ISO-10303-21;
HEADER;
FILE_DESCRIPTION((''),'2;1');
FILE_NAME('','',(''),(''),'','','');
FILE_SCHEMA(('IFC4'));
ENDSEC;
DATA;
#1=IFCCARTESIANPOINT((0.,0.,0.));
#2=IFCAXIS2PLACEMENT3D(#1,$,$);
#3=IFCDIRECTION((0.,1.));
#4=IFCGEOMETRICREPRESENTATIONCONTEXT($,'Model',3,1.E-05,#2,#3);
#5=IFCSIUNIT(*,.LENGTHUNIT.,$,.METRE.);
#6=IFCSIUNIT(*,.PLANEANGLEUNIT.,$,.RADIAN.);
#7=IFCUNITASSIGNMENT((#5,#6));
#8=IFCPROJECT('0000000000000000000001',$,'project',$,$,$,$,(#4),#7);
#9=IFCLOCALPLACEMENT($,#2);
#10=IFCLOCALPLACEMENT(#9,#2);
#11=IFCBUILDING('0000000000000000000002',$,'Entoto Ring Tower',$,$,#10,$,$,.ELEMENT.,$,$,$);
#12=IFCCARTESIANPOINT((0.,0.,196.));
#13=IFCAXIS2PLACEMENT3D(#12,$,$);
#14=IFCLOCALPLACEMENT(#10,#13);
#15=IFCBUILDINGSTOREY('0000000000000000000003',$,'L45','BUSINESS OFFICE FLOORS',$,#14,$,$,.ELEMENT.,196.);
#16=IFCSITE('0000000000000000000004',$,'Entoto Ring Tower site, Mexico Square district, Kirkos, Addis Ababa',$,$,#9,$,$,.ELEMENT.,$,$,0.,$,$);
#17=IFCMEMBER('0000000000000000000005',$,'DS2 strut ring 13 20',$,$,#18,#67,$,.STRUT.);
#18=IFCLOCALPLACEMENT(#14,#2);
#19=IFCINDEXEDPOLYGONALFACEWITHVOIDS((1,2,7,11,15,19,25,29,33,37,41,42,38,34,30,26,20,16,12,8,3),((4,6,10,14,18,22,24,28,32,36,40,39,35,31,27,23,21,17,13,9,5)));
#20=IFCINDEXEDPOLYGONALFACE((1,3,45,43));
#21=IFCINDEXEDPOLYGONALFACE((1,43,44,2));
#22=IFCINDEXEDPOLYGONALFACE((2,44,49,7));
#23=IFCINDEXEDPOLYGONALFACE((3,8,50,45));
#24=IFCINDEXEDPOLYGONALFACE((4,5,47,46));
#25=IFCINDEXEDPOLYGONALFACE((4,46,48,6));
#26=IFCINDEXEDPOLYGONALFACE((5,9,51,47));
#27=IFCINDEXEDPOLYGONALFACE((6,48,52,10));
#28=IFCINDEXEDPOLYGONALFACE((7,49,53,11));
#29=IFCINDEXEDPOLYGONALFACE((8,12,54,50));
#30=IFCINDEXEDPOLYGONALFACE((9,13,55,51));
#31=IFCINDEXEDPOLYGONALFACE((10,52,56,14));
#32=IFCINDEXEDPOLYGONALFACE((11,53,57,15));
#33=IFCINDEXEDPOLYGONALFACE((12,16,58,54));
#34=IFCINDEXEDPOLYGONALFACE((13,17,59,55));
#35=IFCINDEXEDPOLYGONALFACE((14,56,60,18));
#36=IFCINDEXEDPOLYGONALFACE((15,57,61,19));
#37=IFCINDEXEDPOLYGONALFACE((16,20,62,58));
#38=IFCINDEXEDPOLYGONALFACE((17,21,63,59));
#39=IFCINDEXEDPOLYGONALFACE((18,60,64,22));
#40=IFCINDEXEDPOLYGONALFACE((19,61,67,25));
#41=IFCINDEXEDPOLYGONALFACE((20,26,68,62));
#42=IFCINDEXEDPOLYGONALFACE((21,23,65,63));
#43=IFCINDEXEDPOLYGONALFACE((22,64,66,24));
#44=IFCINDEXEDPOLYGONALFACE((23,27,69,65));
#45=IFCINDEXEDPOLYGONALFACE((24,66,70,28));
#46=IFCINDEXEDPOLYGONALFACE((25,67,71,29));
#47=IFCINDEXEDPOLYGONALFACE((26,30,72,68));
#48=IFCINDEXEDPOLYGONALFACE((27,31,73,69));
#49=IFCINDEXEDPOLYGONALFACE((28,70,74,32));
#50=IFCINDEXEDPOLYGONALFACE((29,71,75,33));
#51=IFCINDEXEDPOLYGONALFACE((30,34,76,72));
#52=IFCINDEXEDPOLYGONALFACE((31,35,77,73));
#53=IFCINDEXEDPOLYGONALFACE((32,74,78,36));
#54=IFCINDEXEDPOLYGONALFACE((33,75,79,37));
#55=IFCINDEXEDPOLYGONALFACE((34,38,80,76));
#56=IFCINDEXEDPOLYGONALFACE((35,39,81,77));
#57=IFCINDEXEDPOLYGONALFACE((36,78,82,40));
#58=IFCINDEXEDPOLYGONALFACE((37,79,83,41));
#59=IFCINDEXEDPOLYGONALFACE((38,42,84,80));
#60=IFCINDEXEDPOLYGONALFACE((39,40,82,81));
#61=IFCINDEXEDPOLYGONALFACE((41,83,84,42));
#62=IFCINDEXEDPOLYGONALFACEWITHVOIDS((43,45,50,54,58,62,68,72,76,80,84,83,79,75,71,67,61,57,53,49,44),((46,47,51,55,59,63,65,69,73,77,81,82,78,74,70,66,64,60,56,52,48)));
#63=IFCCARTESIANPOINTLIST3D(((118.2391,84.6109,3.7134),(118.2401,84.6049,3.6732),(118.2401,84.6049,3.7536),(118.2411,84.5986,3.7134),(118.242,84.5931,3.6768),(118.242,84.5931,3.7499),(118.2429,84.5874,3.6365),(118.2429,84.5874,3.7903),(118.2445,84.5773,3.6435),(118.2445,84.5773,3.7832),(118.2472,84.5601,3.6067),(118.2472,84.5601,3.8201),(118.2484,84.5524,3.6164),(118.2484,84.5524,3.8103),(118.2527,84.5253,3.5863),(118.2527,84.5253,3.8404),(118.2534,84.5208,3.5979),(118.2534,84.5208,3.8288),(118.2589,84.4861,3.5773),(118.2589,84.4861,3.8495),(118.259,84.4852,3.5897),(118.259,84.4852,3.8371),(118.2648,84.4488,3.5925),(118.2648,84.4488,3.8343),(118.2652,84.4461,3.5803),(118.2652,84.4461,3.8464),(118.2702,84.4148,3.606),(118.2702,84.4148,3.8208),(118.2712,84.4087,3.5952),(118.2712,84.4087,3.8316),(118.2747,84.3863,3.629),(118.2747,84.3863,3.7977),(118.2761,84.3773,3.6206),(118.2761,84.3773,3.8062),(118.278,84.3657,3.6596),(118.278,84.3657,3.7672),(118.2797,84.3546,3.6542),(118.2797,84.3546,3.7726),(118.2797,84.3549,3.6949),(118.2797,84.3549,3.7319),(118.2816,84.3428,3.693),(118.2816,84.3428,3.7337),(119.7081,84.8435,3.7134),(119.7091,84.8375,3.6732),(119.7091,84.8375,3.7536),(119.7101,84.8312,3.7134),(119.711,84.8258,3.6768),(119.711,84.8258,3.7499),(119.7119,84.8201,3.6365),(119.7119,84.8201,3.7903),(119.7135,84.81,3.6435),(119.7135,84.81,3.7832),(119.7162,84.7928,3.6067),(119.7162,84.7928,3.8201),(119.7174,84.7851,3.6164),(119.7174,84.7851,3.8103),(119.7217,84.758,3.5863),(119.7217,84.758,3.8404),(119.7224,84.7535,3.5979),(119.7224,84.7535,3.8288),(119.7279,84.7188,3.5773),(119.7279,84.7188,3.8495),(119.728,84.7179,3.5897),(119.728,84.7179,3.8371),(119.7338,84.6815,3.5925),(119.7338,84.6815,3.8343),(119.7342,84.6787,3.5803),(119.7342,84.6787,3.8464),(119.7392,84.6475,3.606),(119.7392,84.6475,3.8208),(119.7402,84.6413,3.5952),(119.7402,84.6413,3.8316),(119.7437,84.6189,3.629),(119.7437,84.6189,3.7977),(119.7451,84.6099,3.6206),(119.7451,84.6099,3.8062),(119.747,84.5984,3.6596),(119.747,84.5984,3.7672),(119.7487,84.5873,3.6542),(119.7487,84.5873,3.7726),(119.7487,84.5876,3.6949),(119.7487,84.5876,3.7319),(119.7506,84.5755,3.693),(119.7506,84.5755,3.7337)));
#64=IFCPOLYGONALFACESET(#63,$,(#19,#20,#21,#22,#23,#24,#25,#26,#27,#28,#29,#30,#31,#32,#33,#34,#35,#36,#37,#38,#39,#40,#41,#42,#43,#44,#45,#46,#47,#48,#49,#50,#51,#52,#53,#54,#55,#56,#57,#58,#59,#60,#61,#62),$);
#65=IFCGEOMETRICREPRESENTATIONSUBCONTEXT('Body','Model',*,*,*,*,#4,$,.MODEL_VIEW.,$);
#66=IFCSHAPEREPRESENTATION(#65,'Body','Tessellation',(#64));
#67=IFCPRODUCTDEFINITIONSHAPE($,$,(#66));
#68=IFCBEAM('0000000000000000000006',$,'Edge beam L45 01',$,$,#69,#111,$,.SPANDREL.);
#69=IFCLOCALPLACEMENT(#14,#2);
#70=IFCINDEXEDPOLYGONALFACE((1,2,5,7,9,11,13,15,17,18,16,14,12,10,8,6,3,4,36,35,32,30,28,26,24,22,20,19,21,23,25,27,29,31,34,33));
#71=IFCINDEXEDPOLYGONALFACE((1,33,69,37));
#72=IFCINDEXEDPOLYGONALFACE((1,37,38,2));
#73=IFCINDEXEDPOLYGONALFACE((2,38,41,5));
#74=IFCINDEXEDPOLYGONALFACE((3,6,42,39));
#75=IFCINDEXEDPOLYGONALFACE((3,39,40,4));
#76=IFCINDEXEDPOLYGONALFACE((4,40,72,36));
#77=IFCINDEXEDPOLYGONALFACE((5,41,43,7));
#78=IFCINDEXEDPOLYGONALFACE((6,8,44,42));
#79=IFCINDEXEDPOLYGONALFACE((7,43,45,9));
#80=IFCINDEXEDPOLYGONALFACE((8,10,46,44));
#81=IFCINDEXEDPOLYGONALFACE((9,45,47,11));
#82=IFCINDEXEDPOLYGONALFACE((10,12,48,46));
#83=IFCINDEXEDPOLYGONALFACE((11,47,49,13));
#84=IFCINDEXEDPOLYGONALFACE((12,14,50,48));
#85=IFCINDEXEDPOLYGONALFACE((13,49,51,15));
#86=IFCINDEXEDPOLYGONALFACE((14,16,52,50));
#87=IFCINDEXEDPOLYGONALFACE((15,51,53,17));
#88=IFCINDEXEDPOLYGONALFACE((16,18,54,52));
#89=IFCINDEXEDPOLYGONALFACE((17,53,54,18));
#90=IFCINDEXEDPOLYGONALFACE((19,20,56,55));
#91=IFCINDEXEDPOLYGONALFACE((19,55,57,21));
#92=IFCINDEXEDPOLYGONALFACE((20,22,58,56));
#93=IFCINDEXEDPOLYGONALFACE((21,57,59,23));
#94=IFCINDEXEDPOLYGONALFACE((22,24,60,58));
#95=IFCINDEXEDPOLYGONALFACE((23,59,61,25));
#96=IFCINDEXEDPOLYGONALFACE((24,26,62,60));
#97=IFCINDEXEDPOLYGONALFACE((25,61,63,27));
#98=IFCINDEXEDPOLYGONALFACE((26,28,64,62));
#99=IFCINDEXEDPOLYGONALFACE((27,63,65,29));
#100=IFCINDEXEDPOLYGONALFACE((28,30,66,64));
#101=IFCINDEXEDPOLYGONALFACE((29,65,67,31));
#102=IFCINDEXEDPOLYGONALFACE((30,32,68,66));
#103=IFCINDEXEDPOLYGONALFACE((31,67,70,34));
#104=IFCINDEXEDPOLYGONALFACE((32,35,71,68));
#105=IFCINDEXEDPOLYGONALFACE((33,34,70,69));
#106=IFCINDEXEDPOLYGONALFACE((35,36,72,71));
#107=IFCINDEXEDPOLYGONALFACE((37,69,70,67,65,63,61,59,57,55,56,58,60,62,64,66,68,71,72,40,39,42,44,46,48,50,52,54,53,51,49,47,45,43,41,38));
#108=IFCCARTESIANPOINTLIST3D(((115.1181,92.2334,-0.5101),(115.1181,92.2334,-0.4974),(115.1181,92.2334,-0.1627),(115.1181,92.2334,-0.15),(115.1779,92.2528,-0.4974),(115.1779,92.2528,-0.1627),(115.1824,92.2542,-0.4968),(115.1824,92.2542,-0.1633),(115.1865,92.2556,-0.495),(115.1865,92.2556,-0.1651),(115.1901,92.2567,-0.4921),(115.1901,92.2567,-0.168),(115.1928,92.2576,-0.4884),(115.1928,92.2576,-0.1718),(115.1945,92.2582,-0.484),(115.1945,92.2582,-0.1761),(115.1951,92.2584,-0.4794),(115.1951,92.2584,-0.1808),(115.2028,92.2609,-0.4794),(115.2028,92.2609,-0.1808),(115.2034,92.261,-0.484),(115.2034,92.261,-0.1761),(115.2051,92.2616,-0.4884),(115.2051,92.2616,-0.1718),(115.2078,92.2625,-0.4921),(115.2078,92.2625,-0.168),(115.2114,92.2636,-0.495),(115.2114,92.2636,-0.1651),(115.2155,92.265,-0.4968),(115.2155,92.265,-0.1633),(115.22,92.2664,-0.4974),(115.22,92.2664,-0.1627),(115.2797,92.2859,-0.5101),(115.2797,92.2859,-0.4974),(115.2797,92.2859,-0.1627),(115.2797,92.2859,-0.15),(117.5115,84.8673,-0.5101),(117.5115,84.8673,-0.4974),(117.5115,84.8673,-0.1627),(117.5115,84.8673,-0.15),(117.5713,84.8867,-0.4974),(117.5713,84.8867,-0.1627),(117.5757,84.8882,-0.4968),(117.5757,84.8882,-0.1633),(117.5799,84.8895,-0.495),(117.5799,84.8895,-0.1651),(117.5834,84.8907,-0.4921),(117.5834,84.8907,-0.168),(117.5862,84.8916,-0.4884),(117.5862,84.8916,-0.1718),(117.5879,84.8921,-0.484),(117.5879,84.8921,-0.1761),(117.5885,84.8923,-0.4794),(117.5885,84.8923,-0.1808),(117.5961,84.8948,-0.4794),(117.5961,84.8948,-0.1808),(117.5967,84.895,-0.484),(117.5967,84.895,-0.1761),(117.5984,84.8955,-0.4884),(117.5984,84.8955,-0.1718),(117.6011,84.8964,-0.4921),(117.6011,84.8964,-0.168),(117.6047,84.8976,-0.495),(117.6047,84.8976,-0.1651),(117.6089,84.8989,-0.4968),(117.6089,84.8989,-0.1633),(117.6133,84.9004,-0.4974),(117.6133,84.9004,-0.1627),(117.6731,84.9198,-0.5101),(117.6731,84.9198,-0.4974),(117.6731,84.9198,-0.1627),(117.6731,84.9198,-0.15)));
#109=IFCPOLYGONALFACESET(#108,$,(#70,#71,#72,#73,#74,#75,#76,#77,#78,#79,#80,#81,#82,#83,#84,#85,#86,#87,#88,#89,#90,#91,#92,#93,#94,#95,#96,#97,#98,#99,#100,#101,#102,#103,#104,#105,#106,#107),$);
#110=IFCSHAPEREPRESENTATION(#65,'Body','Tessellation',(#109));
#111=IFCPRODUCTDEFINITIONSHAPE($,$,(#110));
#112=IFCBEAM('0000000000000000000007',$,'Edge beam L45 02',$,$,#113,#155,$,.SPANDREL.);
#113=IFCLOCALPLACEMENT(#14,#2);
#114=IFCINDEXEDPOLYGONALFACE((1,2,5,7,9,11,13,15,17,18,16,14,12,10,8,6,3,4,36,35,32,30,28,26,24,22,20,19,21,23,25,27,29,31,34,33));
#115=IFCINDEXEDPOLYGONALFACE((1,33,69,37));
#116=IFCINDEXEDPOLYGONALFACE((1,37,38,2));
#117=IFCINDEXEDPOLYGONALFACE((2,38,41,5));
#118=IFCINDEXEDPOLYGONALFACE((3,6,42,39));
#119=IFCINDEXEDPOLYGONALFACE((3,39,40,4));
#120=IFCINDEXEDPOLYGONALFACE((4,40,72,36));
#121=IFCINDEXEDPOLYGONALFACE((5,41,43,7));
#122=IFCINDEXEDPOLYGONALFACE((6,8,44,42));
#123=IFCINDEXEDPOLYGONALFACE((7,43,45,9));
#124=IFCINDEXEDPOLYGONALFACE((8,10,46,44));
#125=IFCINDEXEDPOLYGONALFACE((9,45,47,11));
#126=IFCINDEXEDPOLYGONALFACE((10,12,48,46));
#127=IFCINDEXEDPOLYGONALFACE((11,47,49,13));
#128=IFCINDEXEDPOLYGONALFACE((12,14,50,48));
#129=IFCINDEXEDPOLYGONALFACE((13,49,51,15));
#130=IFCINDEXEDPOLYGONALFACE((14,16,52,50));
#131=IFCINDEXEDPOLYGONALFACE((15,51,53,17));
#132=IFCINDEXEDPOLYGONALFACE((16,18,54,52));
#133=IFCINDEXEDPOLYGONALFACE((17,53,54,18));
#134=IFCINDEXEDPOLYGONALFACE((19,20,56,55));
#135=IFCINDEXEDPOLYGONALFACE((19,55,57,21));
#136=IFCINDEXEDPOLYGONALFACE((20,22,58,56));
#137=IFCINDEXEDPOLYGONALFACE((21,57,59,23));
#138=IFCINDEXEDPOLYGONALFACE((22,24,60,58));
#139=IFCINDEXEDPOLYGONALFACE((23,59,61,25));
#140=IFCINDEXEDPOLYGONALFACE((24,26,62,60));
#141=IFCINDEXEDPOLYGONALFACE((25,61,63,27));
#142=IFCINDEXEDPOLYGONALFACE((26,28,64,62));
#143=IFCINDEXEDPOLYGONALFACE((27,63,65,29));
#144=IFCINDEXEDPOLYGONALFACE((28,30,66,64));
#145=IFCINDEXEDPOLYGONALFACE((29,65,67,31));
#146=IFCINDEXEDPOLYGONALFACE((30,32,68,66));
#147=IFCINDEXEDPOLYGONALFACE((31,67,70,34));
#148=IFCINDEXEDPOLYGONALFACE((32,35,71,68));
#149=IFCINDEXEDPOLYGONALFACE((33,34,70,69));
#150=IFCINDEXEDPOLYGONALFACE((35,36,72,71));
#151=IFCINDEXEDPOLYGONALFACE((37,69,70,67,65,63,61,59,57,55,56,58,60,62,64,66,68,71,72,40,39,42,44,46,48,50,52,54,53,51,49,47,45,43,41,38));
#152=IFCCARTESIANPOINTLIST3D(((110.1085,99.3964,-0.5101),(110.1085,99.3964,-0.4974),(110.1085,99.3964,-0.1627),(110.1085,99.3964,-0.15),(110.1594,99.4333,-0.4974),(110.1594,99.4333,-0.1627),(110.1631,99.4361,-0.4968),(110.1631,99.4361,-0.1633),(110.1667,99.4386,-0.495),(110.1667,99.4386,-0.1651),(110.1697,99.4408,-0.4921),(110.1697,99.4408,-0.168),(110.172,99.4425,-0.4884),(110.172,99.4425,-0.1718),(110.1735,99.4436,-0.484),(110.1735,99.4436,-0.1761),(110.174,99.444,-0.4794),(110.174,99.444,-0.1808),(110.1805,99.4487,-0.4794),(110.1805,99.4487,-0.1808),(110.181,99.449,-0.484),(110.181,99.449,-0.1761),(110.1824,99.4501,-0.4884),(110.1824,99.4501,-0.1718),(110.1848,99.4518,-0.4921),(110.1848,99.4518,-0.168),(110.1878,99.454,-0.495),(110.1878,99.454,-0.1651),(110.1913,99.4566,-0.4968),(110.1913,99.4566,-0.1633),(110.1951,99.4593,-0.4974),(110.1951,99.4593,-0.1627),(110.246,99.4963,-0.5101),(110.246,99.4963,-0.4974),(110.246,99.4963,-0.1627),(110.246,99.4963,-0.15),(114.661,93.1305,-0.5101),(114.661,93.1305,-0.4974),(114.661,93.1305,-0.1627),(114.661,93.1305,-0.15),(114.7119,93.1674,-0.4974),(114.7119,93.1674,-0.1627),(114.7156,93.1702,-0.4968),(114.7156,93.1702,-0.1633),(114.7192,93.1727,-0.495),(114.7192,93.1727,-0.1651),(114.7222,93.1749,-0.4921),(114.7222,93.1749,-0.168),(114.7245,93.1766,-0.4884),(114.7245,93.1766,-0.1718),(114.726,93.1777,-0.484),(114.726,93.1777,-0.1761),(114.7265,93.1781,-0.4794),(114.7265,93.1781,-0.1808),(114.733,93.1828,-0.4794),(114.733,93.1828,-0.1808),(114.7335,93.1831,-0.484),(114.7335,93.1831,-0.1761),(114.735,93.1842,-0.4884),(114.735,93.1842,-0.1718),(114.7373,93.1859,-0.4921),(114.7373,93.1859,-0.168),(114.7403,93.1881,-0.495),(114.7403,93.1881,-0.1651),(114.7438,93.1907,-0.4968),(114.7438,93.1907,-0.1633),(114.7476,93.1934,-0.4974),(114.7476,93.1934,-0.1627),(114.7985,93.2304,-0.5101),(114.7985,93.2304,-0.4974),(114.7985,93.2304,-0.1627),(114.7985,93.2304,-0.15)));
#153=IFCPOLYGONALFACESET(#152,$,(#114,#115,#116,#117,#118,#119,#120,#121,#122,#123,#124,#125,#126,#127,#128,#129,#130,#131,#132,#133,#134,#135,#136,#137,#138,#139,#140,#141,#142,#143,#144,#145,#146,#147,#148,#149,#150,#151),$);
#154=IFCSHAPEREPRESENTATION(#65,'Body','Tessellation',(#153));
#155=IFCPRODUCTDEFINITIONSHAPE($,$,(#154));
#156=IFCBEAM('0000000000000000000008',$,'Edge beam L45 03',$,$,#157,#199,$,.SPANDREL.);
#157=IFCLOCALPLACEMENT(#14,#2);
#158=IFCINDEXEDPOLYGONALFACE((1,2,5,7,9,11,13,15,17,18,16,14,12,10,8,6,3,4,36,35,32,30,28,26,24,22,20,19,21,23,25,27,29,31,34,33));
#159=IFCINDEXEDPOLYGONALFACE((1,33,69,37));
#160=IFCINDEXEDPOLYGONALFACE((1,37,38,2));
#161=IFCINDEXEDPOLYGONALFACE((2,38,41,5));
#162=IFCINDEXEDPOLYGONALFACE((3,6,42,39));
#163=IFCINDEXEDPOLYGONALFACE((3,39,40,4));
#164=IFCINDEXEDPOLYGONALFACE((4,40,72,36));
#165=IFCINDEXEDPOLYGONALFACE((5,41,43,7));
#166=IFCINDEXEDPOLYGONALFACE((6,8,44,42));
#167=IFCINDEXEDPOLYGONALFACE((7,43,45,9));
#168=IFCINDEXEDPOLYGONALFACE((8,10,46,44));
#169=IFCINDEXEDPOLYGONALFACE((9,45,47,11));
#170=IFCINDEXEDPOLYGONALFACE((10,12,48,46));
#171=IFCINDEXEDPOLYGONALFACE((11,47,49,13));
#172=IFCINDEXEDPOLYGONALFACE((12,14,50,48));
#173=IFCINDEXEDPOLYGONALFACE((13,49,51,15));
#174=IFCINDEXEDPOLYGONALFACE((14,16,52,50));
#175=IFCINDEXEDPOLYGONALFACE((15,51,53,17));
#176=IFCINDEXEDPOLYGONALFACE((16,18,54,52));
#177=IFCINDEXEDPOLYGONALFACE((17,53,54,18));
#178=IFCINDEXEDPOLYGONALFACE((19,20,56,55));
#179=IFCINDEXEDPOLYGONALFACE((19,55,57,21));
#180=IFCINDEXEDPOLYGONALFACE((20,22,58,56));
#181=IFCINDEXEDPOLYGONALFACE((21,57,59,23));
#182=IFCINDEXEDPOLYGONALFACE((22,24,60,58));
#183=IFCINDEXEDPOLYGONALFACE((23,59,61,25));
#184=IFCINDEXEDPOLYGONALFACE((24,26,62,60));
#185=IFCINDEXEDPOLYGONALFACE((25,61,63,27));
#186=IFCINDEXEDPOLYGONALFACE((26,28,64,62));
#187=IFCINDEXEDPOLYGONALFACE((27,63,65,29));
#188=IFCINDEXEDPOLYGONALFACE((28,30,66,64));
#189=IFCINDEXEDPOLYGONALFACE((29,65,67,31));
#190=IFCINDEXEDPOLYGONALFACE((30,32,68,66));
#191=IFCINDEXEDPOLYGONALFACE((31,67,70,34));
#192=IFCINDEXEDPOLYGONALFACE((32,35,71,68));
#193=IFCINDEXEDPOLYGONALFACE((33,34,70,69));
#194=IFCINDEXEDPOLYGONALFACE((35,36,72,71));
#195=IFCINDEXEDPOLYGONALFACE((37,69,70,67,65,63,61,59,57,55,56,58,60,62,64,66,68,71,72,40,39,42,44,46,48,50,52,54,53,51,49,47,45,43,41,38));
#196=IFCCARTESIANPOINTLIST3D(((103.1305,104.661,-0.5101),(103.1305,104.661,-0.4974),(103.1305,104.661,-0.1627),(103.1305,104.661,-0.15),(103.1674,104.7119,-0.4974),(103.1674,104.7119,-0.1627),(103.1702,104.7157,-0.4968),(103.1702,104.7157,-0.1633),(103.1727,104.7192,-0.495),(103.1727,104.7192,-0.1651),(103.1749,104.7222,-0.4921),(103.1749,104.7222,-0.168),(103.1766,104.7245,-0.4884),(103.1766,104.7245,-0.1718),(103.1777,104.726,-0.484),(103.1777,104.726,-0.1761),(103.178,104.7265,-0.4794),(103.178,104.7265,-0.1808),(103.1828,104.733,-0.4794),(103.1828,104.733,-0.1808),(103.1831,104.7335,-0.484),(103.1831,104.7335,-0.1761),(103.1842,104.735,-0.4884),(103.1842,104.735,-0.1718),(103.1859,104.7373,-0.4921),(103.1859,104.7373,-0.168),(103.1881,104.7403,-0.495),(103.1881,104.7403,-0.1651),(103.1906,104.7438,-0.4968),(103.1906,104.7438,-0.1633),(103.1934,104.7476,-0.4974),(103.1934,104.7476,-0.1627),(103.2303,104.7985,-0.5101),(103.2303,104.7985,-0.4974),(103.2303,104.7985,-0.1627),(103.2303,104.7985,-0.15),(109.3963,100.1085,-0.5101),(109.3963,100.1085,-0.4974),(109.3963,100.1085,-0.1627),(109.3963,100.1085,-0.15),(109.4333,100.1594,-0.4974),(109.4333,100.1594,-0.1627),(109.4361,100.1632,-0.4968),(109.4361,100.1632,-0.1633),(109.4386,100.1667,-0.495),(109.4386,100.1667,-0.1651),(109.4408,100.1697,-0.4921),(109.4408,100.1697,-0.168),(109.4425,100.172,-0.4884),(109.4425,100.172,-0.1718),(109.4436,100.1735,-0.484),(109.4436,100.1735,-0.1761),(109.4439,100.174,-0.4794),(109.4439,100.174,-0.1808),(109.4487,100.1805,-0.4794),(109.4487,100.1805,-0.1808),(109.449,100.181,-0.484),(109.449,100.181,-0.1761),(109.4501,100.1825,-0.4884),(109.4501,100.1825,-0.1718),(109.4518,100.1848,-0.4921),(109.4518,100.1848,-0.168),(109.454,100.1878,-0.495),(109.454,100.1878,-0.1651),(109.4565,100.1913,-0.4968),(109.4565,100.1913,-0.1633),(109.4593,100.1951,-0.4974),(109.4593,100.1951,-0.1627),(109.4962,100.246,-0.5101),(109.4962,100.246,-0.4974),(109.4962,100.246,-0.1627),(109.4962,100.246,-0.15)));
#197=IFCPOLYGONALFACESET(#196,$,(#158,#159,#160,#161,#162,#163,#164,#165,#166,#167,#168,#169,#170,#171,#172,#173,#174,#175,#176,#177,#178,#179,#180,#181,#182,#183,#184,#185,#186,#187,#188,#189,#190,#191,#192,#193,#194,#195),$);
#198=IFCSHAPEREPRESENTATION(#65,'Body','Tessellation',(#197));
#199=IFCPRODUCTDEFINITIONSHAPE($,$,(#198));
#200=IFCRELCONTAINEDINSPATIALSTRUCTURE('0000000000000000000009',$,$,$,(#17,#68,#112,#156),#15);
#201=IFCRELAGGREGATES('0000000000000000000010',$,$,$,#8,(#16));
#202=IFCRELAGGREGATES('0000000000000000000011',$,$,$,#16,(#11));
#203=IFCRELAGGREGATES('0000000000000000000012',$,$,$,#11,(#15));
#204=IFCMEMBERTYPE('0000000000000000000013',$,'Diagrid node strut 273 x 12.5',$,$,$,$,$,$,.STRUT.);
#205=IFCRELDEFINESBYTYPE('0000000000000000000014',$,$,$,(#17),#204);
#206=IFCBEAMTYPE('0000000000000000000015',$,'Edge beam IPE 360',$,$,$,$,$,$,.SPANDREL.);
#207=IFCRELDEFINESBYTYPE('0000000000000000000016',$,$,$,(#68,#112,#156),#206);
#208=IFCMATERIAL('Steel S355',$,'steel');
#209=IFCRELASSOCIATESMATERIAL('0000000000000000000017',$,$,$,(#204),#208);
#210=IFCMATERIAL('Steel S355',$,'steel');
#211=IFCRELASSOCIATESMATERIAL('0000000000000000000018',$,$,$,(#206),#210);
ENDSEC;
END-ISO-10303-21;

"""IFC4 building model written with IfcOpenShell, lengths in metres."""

from ifc_helpers import new_model, si_unit, direction, frame, origin, origin_2d, place, context, subcontext, project, spatial, circle, hollow_circle, i_section, extrude, material, material_profile, profile_set, type_object, element, save


model = new_model("IFC4")

# Units and contexts
model_context = context("Model", 3, precision=1e-05, world=origin(), true_north=direction((0.0, 1.0)))
body_context = subcontext(model_context, "Body", "Model", "MODEL_VIEW")
ifc_project = project(units=[si_unit("LENGTHUNIT", "METRE"), si_unit("PLANEANGLEUNIT", "RADIAN")], contexts=[model_context])

# Site, building, storey
site_placement = place(None, origin())
site = spatial("IfcSite", under=ifc_project, at=site_placement, Name="Entoto Ring Tower site, Mexico Square district, Kirkos, Addis Ababa", CompositionType="ELEMENT", RefElevation=0.0)
building_placement = place(site_placement, origin())
building = spatial("IfcBuilding", under=site, at=building_placement, Name="Entoto Ring Tower", CompositionType="ELEMENT")
storey_placement = place(building_placement, frame((0.0, 0.0, 196.0)))
storey = spatial("IfcBuildingStorey", under=building, at=storey_placement, Name="L45", Description="BUSINESS OFFICE FLOORS", CompositionType="ELEMENT", Elevation=196.0)

# Member
ifc_material_1 = material(Name="Steel S355", Category="steel")
ifc_material_profile_1 = material_profile(ifc_material_1, hollow_circle(Radius=0.1365, WallThickness=0.0125, at=origin_2d()), Name="CHS 273 x 12.5")
ifc_material_2 = material(Name="Concrete C60/75", Category="concrete")
ifc_material_profile_2 = material_profile(ifc_material_2, circle(Radius=0.124, at=origin_2d()), Name="Concrete C60/75 infill")
ifc_profile_set_1 = profile_set([ifc_material_profile_1, ifc_material_profile_2], Name="Steel S355")
member_type = type_object("IfcMemberType", Name="Diagrid node strut 273 x 12.5", PredefinedType="STRUT", material=ifc_profile_set_1)
for number, where, z_axis, x_axis, name in (
    (1, (118.2605, 84.4761, 3.7134), (0.987688, 0.156435, 0.0), (-0.156435, 0.987688, 0.0), "DS2 strut ring 13 20"),
):
    element("IfcMember", number, at=place(storey_placement, frame(where, z_axis=z_axis, x_axis=x_axis)), inside=storey, type_object=member_type, Name=name, PredefinedType="STRUT", context=body_context, shape_type="SweptSolid", body=[
        extrude(hollow_circle(Radius=0.1365, WallThickness=0.0125, at=origin_2d()), origin(), (0.0, 0.0, 1.0), 1.4873),
    ])

# Beams
ifc_material_3 = material(Name="Steel S355", Category="steel")
ifc_material_profile_3 = material_profile(ifc_material_3, i_section(OverallWidth=0.1699, OverallDepth=0.3601, WebThickness=0.0081, FlangeThickness=0.0127, FilletRadius=0.0181, at=origin_2d()), Name="IPE 360")
ifc_profile_set_2 = profile_set([ifc_material_profile_3], Name="Steel S355")
beam_type_1 = type_object("IfcBeamType", Name="Edge beam IPE 360", PredefinedType="SPANDREL", material=ifc_profile_set_2)
for number, where, z_axis, x_axis, name in (
    (2, (117.5923, 84.8936, -0.3301), (-0.309013, 0.951058, 0.0), (-0.951058, -0.309013, 0.0), "Edge beam L45 01"),
    (3, (114.7297, 93.1804, -0.3301), (-0.587791, 0.809013, 0.0), (-0.809013, -0.587791, 0.0), "Edge beam L45 02"),
    (4, (109.4463, 100.1772, -0.3301), (-0.809013, 0.587791, 0.0), (-0.587791, -0.809013, 0.0), "Edge beam L45 03"),
):
    element("IfcBeam", number, at=place(storey_placement, frame(where, z_axis=z_axis, x_axis=x_axis)), inside=storey, type_object=beam_type_1, Name=name, PredefinedType="SPANDREL", context=body_context, shape_type="SweptSolid", body=[
        extrude(i_section(OverallWidth=0.1699, OverallDepth=0.3601, WebThickness=0.0081, FlangeThickness=0.0127, FilletRadius=0.0181, at=origin_2d()), origin(), (0.0, 0.0, 1.0), 7.7451),
    ])

save(model, "model.ifc")
